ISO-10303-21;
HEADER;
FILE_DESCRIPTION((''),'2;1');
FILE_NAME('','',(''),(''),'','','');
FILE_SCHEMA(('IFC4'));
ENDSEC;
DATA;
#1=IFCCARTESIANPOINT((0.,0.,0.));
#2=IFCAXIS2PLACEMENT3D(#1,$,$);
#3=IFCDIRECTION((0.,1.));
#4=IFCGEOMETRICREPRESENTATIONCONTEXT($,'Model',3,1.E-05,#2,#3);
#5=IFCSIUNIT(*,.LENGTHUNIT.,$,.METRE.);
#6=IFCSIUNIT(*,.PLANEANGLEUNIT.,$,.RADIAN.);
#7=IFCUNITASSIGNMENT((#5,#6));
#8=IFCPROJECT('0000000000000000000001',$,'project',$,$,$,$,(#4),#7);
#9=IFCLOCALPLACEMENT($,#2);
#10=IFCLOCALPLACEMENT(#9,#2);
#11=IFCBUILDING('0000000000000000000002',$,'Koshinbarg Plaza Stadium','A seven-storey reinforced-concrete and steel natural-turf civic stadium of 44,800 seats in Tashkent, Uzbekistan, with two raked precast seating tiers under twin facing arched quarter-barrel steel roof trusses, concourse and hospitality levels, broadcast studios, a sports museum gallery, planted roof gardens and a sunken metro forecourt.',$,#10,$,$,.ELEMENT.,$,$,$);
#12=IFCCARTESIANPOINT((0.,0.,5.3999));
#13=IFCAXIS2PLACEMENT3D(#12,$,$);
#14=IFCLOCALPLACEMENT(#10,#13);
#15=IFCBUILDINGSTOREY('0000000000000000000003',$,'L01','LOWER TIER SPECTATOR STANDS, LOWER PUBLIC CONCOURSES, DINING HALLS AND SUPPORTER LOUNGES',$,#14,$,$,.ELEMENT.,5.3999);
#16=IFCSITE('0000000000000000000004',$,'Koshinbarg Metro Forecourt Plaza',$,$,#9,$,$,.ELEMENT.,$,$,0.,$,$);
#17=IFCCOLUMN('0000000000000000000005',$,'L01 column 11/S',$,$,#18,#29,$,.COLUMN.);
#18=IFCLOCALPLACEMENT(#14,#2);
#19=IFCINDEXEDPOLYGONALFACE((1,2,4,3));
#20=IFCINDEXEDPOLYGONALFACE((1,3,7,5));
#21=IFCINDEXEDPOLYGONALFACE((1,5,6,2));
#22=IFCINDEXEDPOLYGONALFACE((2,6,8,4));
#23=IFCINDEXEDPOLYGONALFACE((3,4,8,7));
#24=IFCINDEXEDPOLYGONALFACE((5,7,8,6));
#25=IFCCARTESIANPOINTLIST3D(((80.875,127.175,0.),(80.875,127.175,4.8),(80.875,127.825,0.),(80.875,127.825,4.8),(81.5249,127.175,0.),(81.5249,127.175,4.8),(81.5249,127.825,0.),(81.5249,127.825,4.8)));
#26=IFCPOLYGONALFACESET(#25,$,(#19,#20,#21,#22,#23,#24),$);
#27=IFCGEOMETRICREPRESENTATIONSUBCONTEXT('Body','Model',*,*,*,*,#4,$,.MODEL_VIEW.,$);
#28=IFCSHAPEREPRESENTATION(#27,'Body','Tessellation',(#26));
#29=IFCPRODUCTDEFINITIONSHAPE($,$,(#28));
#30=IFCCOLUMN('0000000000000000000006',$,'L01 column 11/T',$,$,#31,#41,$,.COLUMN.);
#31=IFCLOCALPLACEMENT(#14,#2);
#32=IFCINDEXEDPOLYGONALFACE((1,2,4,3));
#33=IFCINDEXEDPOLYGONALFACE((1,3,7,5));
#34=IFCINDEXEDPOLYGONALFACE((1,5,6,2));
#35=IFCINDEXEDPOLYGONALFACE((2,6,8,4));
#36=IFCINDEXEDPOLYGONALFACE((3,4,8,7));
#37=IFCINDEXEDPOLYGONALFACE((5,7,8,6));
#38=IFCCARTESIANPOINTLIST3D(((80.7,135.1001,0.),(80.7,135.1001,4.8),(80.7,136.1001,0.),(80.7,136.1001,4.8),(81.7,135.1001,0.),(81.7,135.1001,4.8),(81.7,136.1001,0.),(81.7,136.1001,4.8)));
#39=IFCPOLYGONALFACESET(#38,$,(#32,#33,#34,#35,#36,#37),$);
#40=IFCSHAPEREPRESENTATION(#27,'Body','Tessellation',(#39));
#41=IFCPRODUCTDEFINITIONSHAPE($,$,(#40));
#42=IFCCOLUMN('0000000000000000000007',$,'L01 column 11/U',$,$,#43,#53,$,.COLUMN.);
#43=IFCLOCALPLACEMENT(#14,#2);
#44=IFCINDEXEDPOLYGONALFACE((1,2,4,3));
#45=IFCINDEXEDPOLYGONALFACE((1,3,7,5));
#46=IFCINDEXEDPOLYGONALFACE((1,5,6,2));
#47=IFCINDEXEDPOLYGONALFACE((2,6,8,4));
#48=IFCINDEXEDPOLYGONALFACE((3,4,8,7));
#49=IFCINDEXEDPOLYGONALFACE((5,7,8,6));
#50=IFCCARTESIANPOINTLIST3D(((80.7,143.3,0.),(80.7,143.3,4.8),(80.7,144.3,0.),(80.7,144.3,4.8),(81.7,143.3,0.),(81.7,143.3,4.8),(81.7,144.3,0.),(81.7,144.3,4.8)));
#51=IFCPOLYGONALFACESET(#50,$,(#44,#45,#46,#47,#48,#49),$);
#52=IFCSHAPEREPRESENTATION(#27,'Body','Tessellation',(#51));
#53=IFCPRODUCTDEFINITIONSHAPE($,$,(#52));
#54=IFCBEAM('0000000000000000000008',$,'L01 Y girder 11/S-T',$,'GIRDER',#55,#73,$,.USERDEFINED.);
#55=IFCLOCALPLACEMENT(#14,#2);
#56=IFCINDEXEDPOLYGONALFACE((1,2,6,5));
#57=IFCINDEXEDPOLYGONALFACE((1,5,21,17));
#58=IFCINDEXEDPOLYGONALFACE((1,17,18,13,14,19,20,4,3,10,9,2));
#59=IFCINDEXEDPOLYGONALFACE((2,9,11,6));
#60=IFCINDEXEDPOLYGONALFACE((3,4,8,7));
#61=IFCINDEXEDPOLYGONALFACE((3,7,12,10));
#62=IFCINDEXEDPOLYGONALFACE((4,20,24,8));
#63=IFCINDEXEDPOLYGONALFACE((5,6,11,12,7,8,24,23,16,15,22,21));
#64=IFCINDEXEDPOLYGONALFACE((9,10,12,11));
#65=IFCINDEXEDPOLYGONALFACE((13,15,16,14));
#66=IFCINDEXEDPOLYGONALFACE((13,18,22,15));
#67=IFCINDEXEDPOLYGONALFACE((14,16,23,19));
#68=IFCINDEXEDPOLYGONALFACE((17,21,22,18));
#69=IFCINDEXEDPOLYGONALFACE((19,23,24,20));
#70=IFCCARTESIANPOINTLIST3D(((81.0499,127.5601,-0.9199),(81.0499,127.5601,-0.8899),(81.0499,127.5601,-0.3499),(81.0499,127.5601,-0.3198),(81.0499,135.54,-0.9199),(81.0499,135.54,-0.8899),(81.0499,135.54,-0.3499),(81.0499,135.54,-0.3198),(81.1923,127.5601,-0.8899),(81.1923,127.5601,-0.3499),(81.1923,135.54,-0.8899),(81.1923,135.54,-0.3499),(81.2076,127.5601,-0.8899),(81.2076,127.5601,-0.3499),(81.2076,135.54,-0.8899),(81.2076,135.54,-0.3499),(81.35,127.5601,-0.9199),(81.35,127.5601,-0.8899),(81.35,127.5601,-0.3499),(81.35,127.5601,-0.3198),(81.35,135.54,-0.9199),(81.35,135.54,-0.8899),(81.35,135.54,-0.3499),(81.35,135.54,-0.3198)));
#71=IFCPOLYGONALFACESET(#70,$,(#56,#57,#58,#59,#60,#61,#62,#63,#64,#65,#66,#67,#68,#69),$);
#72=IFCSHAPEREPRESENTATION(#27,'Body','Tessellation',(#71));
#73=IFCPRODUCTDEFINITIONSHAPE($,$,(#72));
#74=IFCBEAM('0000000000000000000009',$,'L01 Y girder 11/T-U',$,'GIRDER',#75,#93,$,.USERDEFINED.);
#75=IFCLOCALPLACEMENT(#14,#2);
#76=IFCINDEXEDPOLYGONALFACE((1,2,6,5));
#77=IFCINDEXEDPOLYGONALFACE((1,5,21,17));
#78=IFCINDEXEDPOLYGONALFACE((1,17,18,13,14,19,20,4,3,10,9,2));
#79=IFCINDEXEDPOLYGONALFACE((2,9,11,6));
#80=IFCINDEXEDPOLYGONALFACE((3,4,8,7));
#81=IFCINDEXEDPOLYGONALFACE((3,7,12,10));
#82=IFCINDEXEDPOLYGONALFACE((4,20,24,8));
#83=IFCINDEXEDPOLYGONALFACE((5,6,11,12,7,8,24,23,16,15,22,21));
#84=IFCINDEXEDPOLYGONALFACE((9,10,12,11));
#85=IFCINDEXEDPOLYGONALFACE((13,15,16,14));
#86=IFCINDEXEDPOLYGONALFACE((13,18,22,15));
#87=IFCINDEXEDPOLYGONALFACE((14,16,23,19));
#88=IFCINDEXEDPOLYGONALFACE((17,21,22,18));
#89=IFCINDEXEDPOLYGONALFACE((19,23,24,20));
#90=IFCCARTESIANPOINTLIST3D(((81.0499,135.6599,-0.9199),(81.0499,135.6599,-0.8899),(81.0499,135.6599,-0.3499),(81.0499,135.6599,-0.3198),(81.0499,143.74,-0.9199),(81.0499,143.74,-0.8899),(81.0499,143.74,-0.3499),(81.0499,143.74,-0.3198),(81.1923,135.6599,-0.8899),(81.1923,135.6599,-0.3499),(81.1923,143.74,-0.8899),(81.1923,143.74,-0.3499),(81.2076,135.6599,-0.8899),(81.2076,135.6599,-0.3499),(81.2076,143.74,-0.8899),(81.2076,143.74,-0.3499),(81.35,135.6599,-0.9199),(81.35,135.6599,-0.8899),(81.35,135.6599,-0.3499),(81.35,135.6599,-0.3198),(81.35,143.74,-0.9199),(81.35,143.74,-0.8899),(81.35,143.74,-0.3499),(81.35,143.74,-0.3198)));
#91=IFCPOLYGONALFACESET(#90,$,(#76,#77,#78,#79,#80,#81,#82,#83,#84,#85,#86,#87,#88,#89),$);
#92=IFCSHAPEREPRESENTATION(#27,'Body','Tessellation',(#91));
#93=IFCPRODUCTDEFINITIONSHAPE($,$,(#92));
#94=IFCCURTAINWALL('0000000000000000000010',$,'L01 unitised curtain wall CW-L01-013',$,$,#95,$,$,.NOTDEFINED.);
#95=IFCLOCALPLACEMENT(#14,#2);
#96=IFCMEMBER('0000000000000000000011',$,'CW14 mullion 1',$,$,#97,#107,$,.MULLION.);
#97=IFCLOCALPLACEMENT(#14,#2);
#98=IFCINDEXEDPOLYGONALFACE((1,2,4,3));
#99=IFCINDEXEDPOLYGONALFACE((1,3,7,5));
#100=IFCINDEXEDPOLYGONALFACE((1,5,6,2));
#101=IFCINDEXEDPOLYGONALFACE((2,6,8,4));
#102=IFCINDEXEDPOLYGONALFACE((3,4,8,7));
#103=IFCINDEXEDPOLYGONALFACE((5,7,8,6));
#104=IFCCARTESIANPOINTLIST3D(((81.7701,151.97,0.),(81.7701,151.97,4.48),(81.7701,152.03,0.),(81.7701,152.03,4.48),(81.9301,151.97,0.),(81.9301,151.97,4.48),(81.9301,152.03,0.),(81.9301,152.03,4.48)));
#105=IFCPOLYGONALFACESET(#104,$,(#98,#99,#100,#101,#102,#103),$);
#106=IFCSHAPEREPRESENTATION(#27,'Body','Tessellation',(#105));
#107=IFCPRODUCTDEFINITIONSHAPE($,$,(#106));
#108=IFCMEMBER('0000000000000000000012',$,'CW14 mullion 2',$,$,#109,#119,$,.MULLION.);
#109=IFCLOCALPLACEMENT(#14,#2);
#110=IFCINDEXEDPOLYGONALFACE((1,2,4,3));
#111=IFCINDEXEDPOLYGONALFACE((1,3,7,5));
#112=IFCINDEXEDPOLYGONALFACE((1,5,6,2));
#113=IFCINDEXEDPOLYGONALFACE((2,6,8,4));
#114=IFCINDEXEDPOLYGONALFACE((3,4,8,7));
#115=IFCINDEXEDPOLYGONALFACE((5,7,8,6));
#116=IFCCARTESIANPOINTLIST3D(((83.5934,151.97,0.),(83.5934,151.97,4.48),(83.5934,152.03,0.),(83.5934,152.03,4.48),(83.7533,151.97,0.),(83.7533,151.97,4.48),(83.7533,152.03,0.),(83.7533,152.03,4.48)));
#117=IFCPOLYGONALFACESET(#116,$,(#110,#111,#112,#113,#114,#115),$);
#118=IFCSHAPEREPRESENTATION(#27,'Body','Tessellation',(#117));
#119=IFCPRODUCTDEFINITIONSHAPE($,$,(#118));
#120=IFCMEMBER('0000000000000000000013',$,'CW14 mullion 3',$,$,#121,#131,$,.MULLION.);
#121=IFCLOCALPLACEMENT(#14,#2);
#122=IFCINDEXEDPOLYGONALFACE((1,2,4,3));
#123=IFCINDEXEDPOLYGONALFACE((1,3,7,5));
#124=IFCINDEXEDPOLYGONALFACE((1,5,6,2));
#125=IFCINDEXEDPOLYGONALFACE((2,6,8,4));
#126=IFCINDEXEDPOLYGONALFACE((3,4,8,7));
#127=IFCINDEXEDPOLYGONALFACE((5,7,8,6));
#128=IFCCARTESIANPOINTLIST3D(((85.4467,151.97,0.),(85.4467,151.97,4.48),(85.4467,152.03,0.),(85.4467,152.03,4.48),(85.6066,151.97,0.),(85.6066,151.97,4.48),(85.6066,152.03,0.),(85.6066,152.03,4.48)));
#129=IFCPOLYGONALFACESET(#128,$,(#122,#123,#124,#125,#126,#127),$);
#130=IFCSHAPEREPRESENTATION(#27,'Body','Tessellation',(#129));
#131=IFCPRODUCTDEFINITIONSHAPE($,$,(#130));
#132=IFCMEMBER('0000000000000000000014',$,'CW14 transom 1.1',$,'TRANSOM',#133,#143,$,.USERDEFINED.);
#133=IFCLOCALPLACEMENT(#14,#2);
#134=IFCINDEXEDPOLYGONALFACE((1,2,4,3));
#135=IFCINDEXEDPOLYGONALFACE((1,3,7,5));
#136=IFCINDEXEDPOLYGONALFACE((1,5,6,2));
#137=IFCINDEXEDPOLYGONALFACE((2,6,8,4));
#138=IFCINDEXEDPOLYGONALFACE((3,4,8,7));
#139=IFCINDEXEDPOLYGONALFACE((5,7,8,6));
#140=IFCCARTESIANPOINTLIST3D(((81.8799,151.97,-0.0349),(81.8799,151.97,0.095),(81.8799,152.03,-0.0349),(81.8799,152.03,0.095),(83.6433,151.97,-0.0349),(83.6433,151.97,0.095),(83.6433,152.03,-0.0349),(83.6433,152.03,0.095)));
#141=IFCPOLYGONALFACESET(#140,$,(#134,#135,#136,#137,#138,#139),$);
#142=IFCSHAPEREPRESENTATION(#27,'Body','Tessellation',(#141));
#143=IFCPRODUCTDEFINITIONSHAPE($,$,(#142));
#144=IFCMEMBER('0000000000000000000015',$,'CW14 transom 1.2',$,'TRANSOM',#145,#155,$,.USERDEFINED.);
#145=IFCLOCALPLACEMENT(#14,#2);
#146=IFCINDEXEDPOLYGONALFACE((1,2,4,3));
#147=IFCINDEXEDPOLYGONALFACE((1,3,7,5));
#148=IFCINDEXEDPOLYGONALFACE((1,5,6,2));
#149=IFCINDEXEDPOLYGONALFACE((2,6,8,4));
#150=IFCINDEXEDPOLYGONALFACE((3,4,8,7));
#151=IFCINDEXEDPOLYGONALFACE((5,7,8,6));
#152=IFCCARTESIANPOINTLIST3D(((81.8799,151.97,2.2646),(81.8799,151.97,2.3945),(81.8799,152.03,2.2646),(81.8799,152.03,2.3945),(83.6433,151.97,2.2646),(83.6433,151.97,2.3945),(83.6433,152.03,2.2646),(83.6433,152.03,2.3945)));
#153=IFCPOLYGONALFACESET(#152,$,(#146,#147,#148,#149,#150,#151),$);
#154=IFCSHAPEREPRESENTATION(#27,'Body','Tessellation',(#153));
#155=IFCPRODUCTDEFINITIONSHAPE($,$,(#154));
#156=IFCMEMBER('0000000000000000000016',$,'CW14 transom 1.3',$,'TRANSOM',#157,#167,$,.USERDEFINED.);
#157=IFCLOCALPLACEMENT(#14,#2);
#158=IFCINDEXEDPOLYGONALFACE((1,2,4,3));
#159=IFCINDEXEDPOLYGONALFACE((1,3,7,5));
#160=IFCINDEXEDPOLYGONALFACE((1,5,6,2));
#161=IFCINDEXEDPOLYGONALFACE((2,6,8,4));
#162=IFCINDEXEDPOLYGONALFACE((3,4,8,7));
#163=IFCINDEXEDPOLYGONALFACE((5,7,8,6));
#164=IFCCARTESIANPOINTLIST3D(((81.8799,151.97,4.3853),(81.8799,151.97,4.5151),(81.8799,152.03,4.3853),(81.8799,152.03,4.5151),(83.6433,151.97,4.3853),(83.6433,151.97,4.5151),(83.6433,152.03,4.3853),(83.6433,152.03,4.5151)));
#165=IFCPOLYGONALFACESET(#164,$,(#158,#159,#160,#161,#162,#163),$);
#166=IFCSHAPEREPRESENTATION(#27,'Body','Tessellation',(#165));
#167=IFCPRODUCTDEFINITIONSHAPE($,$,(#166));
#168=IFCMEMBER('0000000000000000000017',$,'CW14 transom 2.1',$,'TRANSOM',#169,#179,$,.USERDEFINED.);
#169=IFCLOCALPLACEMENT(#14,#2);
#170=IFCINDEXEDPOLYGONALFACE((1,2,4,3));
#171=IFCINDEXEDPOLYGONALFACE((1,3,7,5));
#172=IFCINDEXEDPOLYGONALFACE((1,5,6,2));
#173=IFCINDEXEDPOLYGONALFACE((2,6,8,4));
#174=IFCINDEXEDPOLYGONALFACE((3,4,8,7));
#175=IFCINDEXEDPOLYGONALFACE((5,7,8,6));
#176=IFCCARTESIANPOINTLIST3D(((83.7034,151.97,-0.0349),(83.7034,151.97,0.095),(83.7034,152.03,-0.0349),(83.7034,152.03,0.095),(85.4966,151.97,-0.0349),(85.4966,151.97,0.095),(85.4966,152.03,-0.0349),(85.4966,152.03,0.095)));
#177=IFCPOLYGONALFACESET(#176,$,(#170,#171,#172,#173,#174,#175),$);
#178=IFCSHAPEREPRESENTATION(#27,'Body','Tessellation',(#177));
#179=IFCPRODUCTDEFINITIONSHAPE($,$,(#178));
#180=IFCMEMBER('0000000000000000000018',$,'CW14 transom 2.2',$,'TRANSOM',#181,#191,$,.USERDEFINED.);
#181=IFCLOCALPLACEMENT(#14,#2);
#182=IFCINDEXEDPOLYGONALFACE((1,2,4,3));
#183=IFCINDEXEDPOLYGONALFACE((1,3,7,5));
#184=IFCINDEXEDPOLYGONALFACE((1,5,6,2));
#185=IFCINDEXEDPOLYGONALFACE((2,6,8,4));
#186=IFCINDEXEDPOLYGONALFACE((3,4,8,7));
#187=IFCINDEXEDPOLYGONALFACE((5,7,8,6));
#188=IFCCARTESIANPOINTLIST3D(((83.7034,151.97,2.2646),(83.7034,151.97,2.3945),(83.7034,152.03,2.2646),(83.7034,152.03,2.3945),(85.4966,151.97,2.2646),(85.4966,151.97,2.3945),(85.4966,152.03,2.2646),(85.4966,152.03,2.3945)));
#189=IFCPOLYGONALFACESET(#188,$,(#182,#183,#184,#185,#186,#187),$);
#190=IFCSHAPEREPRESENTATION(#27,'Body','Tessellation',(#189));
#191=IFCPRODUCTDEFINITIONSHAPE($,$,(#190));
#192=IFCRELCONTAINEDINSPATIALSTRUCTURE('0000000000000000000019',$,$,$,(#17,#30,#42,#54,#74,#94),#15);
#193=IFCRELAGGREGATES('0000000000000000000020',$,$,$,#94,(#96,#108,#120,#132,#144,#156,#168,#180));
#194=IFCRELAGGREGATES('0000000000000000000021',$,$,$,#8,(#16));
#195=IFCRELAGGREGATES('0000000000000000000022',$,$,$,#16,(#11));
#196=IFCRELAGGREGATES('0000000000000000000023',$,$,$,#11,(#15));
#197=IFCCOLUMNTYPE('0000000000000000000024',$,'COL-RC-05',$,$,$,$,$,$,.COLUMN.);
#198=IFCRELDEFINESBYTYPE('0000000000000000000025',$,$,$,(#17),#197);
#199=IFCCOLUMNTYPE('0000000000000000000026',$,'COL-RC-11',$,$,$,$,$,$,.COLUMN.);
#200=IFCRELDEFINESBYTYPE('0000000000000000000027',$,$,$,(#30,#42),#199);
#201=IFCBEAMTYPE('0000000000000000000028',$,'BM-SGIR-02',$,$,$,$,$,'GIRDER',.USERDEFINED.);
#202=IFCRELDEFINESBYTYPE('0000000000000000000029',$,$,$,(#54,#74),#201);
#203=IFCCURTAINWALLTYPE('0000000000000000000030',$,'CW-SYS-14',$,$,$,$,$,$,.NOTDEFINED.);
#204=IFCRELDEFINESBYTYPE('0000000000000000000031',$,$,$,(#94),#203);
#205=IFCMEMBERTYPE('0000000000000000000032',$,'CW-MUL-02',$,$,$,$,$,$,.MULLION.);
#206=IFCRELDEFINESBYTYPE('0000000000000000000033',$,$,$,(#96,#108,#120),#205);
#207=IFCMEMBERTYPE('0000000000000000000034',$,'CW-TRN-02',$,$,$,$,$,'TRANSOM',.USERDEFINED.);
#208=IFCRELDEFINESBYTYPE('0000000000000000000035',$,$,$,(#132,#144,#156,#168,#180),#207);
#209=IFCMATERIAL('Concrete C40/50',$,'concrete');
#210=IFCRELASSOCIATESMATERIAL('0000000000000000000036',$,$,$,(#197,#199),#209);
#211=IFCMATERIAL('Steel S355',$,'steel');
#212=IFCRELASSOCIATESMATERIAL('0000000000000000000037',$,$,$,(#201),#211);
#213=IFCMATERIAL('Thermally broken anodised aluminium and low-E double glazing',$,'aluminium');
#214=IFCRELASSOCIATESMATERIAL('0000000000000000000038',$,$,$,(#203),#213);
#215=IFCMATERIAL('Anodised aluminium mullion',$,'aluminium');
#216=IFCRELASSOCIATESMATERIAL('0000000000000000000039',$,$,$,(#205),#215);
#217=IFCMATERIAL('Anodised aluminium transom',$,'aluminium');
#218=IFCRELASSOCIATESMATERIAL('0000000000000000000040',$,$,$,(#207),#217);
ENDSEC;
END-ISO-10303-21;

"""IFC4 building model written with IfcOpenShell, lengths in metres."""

from ifc_helpers import new_model, si_unit, direction, frame, origin, origin_2d, place, context, subcontext, project, spatial, rectangle, i_section, extrude, material, material_profile, profile_set, type_object, element, aggregate, save


model = new_model("IFC4")

# Units and contexts
model_context = context("Model", 3, precision=1e-05, world=origin(), true_north=direction((0.0, 1.0)))
body_context = subcontext(model_context, "Body", "Model", "MODEL_VIEW")
ifc_project = project(units=[si_unit("LENGTHUNIT", "METRE"), si_unit("PLANEANGLEUNIT", "RADIAN")], contexts=[model_context])

# Site, building, storey
site_placement = place(None, origin())
site = spatial("IfcSite", under=ifc_project, at=site_placement, Name="Koshinbarg Metro Forecourt Plaza", CompositionType="ELEMENT", RefElevation=0.0)
building_placement = place(site_placement, origin())
building = spatial("IfcBuilding", under=site, at=building_placement, Name="Koshinbarg Plaza Stadium", Description="A seven-storey reinforced-concrete and steel natural-turf civic stadium of 44,800 seats in Tashkent, Uzbekistan, with two raked precast seating tiers under twin facing arched quarter-barrel steel roof trusses, concourse and hospitality levels, broadcast studios, a sports museum gallery, planted roof gardens and a sunken metro forecourt.", CompositionType="ELEMENT")
storey_placement = place(building_placement, frame((0.0, 0.0, 5.3999)))
storey = spatial("IfcBuildingStorey", under=building, at=storey_placement, Name="L01", Description="LOWER TIER SPECTATOR STANDS, LOWER PUBLIC CONCOURSES, DINING HALLS AND SUPPORTER LOUNGES", CompositionType="ELEMENT", Elevation=5.3999)

# Columns
ifc_material_1 = material(Name="Concrete C40/50", Category="concrete")
ifc_material_profile_1 = material_profile(ifc_material_1, rectangle(XDim=0.6499, YDim=0.6499, at=origin_2d()), Name="RC 650x650")
ifc_profile_set_1 = profile_set([ifc_material_profile_1], Name="Concrete C40/50")
column_type_1 = type_object("IfcColumnType", Name="COL-RC-05", PredefinedType="COLUMN", material=ifc_profile_set_1)
column_placement = place(storey_placement, frame((81.2, 127.5, 0.0), z_axis=(0.0, 0.0, 1.0), x_axis=(1.0, 0.0, 0.0)))
element("IfcColumn", 1, at=column_placement, inside=storey, type_object=column_type_1, Name="L01 column 11/S", PredefinedType="COLUMN", context=body_context, shape_type="SweptSolid", body=[
    extrude(rectangle(XDim=0.6499, YDim=0.6499, at=origin_2d()), origin(), (0.0, 0.0, 1.0), 4.8),
])
ifc_material_profile_2 = material_profile(ifc_material_1, rectangle(XDim=1.0, YDim=1.0, at=origin_2d()), Name="RC 1000x1000")
ifc_profile_set_2 = profile_set([ifc_material_profile_2], Name="Concrete C40/50")
column_type_2 = type_object("IfcColumnType", Name="COL-RC-11", PredefinedType="COLUMN", material=ifc_profile_set_2)
for number, where, z_axis, x_axis, name in (
    (2, (81.2, 135.6001, 0.0), (0.0, 0.0, 1.0), (1.0, 0.0, 0.0), "L01 column 11/T"),
    (3, (81.2, 143.8, 0.0), (0.0, 0.0, 1.0), (1.0, 0.0, 0.0), "L01 column 11/U"),
):
    element("IfcColumn", number, at=place(storey_placement, frame(where, z_axis=z_axis, x_axis=x_axis)), inside=storey, type_object=column_type_2, Name=name, PredefinedType="COLUMN", context=body_context, shape_type="SweptSolid", body=[
        extrude(rectangle(XDim=1.0, YDim=1.0, at=origin_2d()), origin(), (0.0, 0.0, 1.0), 4.8),
    ])

# Beams
ifc_material_2 = material(Name="Steel S355", Category="steel")
ifc_material_profile_3 = material_profile(ifc_material_2, i_section(OverallWidth=0.3, OverallDepth=0.6001, WebThickness=0.0154, FlangeThickness=0.03, at=origin_2d()), Name="HEB 600")
ifc_profile_set_3 = profile_set([ifc_material_profile_3], Name="Steel S355")
beam_type = type_object("IfcBeamType", Name="BM-SGIR-02", ElementType="GIRDER", PredefinedType="USERDEFINED", material=ifc_profile_set_3)
beam_1_placement = place(storey_placement, frame((81.2, 127.5601, -0.6199), z_axis=(0.0, 1.0, 0.0), x_axis=(-1.0, 0.0, 0.0)))
element("IfcBeam", 4, at=beam_1_placement, inside=storey, type_object=beam_type, Name="L01 Y girder 11/S-T", ObjectType="GIRDER", PredefinedType="USERDEFINED", context=body_context, shape_type="SweptSolid", body=[
    extrude(i_section(OverallWidth=0.3, OverallDepth=0.6001, WebThickness=0.0154, FlangeThickness=0.03, at=origin_2d()), origin(), (0.0, 0.0, 1.0), 7.98),
])
beam_2_placement = place(storey_placement, frame((81.2, 135.6599, -0.6199), z_axis=(0.0, 1.0, 0.0), x_axis=(-1.0, 0.0, 0.0)))
element("IfcBeam", 5, at=beam_2_placement, inside=storey, type_object=beam_type, Name="L01 Y girder 11/T-U", ObjectType="GIRDER", PredefinedType="USERDEFINED", context=body_context, shape_type="SweptSolid", body=[
    extrude(i_section(OverallWidth=0.3, OverallDepth=0.6001, WebThickness=0.0154, FlangeThickness=0.03, at=origin_2d()), origin(), (0.0, 0.0, 1.0), 8.0801),
])

# Curtain wall, members
ifc_material_3 = material(Name="Thermally broken anodised aluminium and low-E double glazing", Category="aluminium")
curtain_wall_type = type_object("IfcCurtainWallType", Name="CW-SYS-14", PredefinedType="NOTDEFINED", material=ifc_material_3)
curtain_wall_placement = place(storey_placement, origin())
curtain_wall = element("IfcCurtainWall", 6, at=curtain_wall_placement, inside=storey, type_object=curtain_wall_type, Name="L01 unitised curtain wall CW-L01-013", PredefinedType="NOTDEFINED")
ifc_material_4 = material(Name="Anodised aluminium mullion", Category="aluminium")
ifc_material_profile_4 = material_profile(ifc_material_4, rectangle(XDim=0.0601, YDim=0.1599, at=origin_2d()), Name="ALU 60x160")
ifc_profile_set_4 = profile_set([ifc_material_profile_4], Name="Anodised aluminium mullion")
member_type_1 = type_object("IfcMemberType", Name="CW-MUL-02", PredefinedType="MULLION", material=ifc_profile_set_4)
member_1_placement = place(storey_placement, frame((81.8501, 152.0, 0.0), z_axis=(0.0, 0.0, 1.0), x_axis=(0.0, 1.0, 0.0)))
member_1 = element("IfcMember", 7, at=member_1_placement, type_object=member_type_1, Name="CW14 mullion 1", PredefinedType="MULLION", context=body_context, shape_type="SweptSolid", body=[
    extrude(rectangle(XDim=0.0601, YDim=0.1599, at=origin_2d()), origin(), (0.0, 0.0, 1.0), 4.48),
])
member_2_placement = place(storey_placement, frame((83.6733, 152.0, 0.0), z_axis=(0.0, 0.0, 1.0), x_axis=(0.0, 1.0, 0.0)))
member_2 = element("IfcMember", 8, at=member_2_placement, type_object=member_type_1, Name="CW14 mullion 2", PredefinedType="MULLION", context=body_context, shape_type="SweptSolid", body=[
    extrude(rectangle(XDim=0.0601, YDim=0.1599, at=origin_2d()), origin(), (0.0, 0.0, 1.0), 4.48),
])
member_3_placement = place(storey_placement, frame((85.5266, 152.0, 0.0), z_axis=(0.0, 0.0, 1.0), x_axis=(0.0, 1.0, 0.0)))
member_3 = element("IfcMember", 9, at=member_3_placement, type_object=member_type_1, Name="CW14 mullion 3", PredefinedType="MULLION", context=body_context, shape_type="SweptSolid", body=[
    extrude(rectangle(XDim=0.0601, YDim=0.1599, at=origin_2d()), origin(), (0.0, 0.0, 1.0), 4.48),
])
ifc_material_5 = material(Name="Anodised aluminium transom", Category="aluminium")
ifc_material_profile_5 = material_profile(ifc_material_5, rectangle(XDim=0.0601, YDim=0.1299, at=origin_2d()), Name="ALU 60x130")
ifc_profile_set_5 = profile_set([ifc_material_profile_5], Name="Anodised aluminium transom")
member_type_2 = type_object("IfcMemberType", Name="CW-TRN-02", ElementType="TRANSOM", PredefinedType="USERDEFINED", material=ifc_profile_set_5)
member_4_placement = place(storey_placement, frame((81.8799, 152.0, 0.03), z_axis=(1.0, 0.0, 0.0), x_axis=(0.0, 1.0, 0.0)))
member_4 = element("IfcMember", 10, at=member_4_placement, type_object=member_type_2, Name="CW14 transom 1.1", ObjectType="TRANSOM", PredefinedType="USERDEFINED", context=body_context, shape_type="SweptSolid", body=[
    extrude(rectangle(XDim=0.0601, YDim=0.1299, at=origin_2d()), origin(), (0.0, 0.0, 1.0), 1.7634),
])
member_5_placement = place(storey_placement, frame((81.8799, 152.0, 2.3296), z_axis=(1.0, 0.0, 0.0), x_axis=(0.0, 1.0, 0.0)))
member_5 = element("IfcMember", 11, at=member_5_placement, type_object=member_type_2, Name="CW14 transom 1.2", ObjectType="TRANSOM", PredefinedType="USERDEFINED", context=body_context, shape_type="SweptSolid", body=[
    extrude(rectangle(XDim=0.0601, YDim=0.1299, at=origin_2d()), origin(), (0.0, 0.0, 1.0), 1.7634),
])
member_6_placement = place(storey_placement, frame((81.8799, 152.0, 4.4502), z_axis=(1.0, 0.0, 0.0), x_axis=(0.0, 1.0, 0.0)))
member_6 = element("IfcMember", 12, at=member_6_placement, type_object=member_type_2, Name="CW14 transom 1.3", ObjectType="TRANSOM", PredefinedType="USERDEFINED", context=body_context, shape_type="SweptSolid", body=[
    extrude(rectangle(XDim=0.0601, YDim=0.1299, at=origin_2d()), origin(), (0.0, 0.0, 1.0), 1.7634),
])
member_7_placement = place(storey_placement, frame((83.7034, 152.0, 0.03), z_axis=(1.0, 0.0, 0.0), x_axis=(0.0, 1.0, 0.0)))
member_7 = element("IfcMember", 13, at=member_7_placement, type_object=member_type_2, Name="CW14 transom 2.1", ObjectType="TRANSOM", PredefinedType="USERDEFINED", context=body_context, shape_type="SweptSolid", body=[
    extrude(rectangle(XDim=0.0601, YDim=0.1299, at=origin_2d()), origin(), (0.0, 0.0, 1.0), 1.7932),
])
member_8_placement = place(storey_placement, frame((83.7034, 152.0, 2.3296), z_axis=(1.0, 0.0, 0.0), x_axis=(0.0, 1.0, 0.0)))
member_8 = element("IfcMember", 14, at=member_8_placement, type_object=member_type_2, Name="CW14 transom 2.2", ObjectType="TRANSOM", PredefinedType="USERDEFINED", context=body_context, shape_type="SweptSolid", body=[
    extrude(rectangle(XDim=0.0601, YDim=0.1299, at=origin_2d()), origin(), (0.0, 0.0, 1.0), 1.7932),
])
aggregate(curtain_wall, [member_1, member_2, member_3, member_4, member_5, member_6, member_7, member_8])

save(model, "model.ifc")
